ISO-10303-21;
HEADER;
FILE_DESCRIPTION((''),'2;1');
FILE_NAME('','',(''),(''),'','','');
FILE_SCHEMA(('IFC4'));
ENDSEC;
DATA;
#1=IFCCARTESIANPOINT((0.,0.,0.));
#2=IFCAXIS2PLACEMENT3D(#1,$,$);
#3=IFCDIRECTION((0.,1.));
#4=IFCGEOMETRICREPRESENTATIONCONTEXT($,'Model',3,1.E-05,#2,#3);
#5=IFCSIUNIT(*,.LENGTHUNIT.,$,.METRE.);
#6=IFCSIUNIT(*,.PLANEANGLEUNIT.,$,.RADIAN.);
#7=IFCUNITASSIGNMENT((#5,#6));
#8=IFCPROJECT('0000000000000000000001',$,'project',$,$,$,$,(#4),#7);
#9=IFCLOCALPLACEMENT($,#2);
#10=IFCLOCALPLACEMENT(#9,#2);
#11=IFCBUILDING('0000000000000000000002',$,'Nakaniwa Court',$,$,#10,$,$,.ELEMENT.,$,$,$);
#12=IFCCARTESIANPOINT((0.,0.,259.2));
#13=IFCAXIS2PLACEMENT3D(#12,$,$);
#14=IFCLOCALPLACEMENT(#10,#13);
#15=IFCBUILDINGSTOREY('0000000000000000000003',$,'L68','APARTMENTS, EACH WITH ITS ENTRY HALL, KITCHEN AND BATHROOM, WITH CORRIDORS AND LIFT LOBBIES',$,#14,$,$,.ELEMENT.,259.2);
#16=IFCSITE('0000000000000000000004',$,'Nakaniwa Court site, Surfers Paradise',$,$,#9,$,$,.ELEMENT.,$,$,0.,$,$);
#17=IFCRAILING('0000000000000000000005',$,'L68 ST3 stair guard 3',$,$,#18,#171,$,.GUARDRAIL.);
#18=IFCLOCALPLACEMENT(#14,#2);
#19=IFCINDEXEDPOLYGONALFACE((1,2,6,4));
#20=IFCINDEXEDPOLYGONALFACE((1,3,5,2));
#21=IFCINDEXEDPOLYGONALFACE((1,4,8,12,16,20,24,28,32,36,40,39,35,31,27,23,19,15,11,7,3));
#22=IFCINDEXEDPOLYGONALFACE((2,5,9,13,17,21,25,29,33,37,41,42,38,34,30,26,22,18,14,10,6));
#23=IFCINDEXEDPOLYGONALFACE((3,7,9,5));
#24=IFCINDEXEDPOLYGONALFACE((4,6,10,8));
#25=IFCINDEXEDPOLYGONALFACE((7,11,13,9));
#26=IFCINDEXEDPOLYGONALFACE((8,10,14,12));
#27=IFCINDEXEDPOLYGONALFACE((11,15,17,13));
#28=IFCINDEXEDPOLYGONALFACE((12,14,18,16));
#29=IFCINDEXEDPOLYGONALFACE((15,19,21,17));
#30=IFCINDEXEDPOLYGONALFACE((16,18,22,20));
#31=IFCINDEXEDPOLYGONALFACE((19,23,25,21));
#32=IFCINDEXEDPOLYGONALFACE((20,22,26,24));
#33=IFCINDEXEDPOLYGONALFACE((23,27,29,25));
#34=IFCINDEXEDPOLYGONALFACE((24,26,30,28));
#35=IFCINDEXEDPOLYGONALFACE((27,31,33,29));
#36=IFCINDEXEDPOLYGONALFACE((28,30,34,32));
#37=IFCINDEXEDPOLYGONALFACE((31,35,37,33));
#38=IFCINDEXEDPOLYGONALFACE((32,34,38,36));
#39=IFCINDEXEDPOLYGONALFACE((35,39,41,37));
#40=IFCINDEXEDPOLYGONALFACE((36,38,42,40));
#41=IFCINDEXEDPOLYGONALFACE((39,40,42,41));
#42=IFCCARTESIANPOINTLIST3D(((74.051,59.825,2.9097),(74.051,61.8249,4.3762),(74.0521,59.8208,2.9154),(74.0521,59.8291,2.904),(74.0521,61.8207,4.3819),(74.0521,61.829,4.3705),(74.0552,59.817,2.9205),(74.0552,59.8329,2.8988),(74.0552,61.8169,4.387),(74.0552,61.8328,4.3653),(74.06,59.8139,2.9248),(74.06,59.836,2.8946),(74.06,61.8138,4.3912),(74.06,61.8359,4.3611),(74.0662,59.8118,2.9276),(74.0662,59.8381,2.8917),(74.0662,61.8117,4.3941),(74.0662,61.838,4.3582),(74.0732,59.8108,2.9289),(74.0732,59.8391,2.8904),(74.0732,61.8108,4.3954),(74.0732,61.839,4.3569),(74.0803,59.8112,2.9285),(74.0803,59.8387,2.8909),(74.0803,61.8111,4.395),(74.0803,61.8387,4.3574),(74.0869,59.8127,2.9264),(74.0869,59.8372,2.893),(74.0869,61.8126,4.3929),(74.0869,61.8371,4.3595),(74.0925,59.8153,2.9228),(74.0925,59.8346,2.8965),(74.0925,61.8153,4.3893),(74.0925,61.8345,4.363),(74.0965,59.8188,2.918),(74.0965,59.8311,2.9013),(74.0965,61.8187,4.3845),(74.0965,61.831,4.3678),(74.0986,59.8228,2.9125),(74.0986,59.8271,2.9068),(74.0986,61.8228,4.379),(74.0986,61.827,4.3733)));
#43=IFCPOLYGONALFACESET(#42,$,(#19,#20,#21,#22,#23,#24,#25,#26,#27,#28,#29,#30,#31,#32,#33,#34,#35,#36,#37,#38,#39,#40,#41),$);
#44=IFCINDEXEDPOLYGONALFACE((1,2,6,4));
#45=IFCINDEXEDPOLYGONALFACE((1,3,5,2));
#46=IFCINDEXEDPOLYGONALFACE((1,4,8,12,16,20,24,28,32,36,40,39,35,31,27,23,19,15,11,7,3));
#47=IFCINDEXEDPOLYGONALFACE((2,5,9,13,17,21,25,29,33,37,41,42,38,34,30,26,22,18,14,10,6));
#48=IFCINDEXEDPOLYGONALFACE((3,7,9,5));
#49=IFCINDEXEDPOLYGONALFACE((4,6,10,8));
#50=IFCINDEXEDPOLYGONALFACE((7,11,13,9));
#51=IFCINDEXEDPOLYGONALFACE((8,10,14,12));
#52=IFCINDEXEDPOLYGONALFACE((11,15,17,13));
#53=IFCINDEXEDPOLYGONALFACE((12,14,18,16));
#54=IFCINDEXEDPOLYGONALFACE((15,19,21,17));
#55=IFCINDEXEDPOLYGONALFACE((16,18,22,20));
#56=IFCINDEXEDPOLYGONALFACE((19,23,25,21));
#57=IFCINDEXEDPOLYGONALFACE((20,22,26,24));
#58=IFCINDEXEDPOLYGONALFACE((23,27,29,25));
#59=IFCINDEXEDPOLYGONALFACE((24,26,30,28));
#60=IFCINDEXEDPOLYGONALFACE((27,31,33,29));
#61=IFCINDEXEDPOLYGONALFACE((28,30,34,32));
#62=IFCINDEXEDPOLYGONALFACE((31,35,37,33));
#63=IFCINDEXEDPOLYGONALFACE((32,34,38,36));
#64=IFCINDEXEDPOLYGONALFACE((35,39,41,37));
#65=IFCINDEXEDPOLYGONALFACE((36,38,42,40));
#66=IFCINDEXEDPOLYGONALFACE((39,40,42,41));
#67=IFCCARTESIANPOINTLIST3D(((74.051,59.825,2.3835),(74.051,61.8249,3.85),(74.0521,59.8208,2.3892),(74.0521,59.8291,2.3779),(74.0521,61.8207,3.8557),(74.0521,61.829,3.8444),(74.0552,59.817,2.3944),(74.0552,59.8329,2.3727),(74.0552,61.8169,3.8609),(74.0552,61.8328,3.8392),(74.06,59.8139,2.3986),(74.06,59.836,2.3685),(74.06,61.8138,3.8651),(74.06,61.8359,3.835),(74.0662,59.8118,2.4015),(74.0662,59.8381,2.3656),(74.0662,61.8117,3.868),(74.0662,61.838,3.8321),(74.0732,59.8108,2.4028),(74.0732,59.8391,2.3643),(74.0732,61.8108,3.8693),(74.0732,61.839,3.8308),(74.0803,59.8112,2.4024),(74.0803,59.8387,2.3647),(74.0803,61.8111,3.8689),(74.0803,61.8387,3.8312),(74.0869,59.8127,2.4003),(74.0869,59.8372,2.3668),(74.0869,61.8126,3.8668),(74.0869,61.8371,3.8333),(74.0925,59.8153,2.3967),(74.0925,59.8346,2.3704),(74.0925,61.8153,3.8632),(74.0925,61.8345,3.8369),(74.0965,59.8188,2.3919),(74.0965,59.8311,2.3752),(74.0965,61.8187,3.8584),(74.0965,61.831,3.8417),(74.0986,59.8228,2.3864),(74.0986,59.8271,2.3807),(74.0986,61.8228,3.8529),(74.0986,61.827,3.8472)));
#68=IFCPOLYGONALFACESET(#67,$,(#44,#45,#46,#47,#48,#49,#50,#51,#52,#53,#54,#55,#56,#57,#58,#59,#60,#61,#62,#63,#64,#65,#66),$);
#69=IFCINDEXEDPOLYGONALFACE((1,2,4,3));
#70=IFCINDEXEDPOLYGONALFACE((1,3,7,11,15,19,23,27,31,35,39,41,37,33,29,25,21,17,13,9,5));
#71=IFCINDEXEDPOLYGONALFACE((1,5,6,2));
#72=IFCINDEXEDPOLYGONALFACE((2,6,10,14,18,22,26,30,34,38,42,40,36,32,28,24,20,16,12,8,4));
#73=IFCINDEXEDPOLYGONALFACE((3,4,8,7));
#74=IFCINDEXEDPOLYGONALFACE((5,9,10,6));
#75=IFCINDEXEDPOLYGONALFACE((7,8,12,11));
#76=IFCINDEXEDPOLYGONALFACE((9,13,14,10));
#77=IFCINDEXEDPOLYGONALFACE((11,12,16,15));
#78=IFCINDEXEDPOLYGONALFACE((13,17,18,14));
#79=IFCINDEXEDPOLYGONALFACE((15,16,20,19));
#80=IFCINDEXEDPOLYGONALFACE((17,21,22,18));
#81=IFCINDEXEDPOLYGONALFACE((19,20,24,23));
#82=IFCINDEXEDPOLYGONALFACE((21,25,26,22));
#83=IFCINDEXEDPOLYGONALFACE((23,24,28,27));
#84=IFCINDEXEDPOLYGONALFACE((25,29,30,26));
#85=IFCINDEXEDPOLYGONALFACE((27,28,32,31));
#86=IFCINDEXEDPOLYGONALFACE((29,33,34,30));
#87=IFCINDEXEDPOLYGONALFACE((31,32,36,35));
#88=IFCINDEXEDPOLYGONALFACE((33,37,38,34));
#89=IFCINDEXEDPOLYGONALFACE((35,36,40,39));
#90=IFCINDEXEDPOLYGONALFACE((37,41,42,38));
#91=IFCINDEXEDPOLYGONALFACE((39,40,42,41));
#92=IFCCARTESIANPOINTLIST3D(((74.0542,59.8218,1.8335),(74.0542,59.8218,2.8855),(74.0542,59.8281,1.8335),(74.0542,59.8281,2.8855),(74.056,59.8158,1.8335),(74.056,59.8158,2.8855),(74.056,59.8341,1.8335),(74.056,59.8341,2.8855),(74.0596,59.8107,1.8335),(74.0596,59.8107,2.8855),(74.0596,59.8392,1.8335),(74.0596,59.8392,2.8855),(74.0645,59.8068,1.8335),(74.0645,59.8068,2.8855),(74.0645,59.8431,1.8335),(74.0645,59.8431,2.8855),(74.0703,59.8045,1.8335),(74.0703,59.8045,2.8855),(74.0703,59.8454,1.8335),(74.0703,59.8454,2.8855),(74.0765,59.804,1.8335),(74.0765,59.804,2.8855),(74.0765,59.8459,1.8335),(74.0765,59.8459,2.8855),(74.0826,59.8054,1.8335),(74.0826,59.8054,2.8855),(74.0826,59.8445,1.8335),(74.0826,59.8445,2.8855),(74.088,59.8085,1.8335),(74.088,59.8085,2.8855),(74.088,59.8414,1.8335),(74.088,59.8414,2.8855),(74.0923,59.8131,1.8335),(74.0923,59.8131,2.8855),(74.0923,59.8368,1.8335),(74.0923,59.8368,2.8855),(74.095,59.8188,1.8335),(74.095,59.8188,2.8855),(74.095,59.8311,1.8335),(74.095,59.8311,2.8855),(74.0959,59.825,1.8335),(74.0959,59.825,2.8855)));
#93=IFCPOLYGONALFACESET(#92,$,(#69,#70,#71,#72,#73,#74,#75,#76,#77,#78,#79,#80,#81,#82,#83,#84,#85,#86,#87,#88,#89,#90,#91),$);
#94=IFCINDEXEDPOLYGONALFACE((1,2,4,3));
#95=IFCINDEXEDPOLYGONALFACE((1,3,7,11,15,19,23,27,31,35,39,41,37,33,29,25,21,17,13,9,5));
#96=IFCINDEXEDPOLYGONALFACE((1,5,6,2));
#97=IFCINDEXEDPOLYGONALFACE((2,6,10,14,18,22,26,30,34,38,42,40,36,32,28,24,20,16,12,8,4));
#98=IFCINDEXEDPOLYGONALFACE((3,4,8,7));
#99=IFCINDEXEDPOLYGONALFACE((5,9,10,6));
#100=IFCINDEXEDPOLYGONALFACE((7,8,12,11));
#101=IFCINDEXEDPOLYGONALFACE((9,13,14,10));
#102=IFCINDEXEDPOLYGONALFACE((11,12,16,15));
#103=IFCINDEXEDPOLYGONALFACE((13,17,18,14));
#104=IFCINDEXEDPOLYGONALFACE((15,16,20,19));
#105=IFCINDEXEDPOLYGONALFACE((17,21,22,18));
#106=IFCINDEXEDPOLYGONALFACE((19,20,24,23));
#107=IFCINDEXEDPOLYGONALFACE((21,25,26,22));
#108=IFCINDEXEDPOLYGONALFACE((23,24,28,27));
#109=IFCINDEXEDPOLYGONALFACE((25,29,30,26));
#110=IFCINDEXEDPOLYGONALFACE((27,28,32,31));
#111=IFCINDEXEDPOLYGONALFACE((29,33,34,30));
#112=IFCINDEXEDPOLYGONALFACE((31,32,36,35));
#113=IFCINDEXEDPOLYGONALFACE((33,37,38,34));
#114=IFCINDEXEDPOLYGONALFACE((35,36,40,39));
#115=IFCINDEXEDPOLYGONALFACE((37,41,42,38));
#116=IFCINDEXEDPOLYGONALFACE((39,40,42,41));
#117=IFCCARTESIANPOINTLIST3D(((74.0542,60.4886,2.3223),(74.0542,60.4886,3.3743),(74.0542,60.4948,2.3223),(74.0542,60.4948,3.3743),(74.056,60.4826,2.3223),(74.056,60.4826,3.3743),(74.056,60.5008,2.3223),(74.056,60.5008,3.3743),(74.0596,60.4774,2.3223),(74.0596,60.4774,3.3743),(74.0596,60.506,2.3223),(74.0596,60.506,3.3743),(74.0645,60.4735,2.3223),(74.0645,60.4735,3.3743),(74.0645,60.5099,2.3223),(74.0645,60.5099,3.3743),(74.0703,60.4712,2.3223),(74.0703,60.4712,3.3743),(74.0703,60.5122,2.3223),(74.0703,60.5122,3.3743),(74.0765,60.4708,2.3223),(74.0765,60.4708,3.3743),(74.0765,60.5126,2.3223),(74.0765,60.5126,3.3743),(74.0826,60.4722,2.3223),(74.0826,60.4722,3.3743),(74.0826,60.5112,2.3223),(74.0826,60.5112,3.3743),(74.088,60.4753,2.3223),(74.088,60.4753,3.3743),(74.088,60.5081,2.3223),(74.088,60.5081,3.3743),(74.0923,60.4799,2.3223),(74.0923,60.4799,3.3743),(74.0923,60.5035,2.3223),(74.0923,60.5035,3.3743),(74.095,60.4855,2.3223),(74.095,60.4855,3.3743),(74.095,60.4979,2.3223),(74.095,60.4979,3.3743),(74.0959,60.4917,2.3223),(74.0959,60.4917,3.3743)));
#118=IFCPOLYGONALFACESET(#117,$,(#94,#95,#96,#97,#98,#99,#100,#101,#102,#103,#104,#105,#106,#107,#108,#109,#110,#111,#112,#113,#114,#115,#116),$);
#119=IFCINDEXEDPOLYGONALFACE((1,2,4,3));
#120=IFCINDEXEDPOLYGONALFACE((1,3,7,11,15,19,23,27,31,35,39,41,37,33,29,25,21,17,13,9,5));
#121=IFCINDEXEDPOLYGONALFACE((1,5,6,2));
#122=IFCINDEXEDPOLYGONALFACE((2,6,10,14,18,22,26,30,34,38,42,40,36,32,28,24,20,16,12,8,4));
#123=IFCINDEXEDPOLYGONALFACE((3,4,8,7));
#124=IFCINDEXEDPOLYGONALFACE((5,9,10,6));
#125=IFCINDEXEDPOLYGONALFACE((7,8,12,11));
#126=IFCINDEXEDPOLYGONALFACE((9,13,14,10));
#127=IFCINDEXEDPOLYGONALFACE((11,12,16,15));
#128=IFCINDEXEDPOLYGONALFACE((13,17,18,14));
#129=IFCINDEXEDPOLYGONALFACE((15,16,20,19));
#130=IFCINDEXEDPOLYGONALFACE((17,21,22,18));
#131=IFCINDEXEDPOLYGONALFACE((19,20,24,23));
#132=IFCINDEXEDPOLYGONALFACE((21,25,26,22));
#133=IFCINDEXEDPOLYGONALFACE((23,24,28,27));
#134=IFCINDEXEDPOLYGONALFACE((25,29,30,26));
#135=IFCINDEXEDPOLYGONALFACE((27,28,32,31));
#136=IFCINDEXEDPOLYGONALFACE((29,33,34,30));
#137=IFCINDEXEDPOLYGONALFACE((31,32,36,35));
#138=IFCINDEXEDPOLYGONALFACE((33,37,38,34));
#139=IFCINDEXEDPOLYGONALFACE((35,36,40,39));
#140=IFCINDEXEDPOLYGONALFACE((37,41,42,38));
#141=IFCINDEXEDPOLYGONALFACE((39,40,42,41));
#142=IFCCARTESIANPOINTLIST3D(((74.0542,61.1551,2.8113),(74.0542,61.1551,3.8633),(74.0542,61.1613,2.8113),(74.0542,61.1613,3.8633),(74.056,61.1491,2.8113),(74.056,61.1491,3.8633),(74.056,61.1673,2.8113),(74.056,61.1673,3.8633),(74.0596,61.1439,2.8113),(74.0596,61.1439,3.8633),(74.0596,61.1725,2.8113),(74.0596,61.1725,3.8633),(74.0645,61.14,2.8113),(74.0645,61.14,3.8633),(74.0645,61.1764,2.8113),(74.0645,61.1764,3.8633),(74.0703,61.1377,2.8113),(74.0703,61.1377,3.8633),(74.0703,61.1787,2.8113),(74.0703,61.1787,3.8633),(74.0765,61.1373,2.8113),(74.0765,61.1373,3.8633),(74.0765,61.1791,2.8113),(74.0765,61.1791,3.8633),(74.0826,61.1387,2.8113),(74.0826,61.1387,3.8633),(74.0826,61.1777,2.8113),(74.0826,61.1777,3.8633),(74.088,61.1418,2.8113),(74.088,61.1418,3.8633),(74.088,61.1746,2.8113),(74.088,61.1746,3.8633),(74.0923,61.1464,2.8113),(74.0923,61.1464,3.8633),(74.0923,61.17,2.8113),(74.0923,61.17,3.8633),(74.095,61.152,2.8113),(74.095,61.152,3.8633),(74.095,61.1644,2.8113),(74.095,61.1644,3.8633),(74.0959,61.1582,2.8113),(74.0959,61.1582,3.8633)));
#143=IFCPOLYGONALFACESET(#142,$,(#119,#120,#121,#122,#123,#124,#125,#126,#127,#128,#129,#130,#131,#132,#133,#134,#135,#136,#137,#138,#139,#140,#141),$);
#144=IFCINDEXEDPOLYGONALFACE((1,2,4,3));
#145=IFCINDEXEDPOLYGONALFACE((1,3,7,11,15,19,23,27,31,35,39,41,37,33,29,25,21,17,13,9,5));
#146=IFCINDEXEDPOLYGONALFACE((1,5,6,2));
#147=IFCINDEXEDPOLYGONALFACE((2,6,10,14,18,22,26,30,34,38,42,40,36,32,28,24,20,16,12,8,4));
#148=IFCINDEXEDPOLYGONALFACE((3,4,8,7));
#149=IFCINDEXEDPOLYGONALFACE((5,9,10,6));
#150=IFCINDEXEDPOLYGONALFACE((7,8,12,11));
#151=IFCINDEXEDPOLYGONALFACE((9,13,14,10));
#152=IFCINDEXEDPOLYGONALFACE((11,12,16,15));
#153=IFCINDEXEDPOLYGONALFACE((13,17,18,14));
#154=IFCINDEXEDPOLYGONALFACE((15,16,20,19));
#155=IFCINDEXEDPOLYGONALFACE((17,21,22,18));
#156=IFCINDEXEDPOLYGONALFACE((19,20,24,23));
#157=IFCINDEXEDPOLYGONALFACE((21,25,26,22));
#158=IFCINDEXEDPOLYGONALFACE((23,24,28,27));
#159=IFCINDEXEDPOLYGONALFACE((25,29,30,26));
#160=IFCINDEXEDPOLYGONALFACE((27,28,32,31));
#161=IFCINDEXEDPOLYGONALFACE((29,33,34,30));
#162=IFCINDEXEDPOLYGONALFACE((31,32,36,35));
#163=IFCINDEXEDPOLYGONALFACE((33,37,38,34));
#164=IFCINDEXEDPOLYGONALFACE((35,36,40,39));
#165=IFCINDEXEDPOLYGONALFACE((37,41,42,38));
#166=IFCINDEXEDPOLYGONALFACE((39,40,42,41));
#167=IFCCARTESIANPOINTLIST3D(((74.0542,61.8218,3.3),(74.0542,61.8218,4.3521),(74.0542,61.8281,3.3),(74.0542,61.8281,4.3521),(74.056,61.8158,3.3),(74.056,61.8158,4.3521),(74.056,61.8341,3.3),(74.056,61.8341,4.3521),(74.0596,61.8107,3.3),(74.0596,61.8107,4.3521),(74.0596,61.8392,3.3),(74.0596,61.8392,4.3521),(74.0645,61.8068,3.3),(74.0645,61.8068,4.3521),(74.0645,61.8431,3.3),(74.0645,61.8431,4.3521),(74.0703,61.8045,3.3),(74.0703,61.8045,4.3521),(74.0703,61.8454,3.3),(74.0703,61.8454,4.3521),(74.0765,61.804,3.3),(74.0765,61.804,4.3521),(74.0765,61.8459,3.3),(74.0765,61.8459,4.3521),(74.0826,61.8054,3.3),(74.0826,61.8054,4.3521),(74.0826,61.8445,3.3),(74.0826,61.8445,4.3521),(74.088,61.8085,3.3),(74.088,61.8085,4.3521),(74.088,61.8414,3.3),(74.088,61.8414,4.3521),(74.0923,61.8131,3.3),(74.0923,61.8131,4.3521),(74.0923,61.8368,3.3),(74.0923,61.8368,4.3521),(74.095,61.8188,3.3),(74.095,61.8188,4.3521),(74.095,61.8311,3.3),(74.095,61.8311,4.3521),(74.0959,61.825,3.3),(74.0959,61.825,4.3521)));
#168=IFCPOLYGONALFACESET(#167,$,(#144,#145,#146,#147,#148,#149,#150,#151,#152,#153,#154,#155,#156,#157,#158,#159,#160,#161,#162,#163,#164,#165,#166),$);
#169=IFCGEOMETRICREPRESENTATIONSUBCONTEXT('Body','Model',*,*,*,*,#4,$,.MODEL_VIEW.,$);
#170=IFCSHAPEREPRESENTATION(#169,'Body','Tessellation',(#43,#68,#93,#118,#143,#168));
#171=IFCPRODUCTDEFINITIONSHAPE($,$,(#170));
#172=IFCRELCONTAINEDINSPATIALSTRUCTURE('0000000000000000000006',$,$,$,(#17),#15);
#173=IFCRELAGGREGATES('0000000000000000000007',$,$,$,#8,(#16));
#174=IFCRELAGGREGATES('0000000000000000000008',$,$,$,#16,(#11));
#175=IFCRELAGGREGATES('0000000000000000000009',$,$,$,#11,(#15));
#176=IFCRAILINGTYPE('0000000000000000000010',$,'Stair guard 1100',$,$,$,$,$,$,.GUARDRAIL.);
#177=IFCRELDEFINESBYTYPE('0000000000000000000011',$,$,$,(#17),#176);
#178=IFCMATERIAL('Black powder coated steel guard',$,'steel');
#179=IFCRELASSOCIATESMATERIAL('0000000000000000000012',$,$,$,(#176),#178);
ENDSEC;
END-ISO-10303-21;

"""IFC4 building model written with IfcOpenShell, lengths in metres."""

from ifc_helpers import new_model, si_unit, direction, frame, origin, origin_2d, place, context, subcontext, project, spatial, circle, extrude, material, type_object, element, save


model = new_model("IFC4")

# Units and contexts
model_context = context("Model", 3, precision=1e-05, world=origin(), true_north=direction((0.0, 1.0)))
body_context = subcontext(model_context, "Body", "Model", "MODEL_VIEW")
ifc_project = project(units=[si_unit("LENGTHUNIT", "METRE"), si_unit("PLANEANGLEUNIT", "RADIAN")], contexts=[model_context])

# Site, building, storey
site_placement = place(None, origin())
site = spatial("IfcSite", under=ifc_project, at=site_placement, Name="Nakaniwa Court site, Surfers Paradise", CompositionType="ELEMENT", RefElevation=0.0)
building_placement = place(site_placement, origin())
building = spatial("IfcBuilding", under=site, at=building_placement, Name="Nakaniwa Court", CompositionType="ELEMENT")
storey_placement = place(building_placement, frame((0.0, 0.0, 259.2)))
storey = spatial("IfcBuildingStorey", under=building, at=storey_placement, Name="L68", Description="APARTMENTS, EACH WITH ITS ENTRY HALL, KITCHEN AND BATHROOM, WITH CORRIDORS AND LIFT LOBBIES", CompositionType="ELEMENT", Elevation=259.2)

# Railing
ifc_material_1 = material(Name="Black powder coated steel guard", Category="steel")
railing_type_1 = type_object("IfcRailingType", Name="Stair guard 1100", PredefinedType="GUARDRAIL", material=ifc_material_1)
railing_1_placement = place(storey_placement, frame((74.075, 59.825, 1.8335)))
element("IfcRailing", 1, at=railing_1_placement, inside=storey, type_object=railing_type_1, Name="L68 ST3 stair guard 3", PredefinedType="GUARDRAIL", context=body_context, shape_type="SweptSolid", body=[
    extrude(circle(Radius=0.0239, at=origin_2d()), frame((0.0, 0.0, 1.0762), z_axis=(0.0, 0.806427, 0.591334), x_axis=(-1.0, 0.0, 0.0)), (0.0, 0.0, 1.0), 2.48),
    extrude(circle(Radius=0.0239, at=origin_2d()), frame((0.0, 0.0, 0.55), z_axis=(0.0, 0.806427, 0.591334), x_axis=(-1.0, 0.0, 0.0)), (0.0, 0.0, 1.0), 2.48),
    extrude(circle(Radius=0.021, at=origin_2d()), origin(), (0.0, 0.0, 1.0), 1.052),
    extrude(circle(Radius=0.021, at=origin_2d()), frame((0.0, 0.6667, 0.4888)), (0.0, 0.0, 1.0), 1.052),
    extrude(circle(Radius=0.021, at=origin_2d()), frame((0.0, 1.3333, 0.9778)), (0.0, 0.0, 1.0), 1.052),
    extrude(circle(Radius=0.021, at=origin_2d()), frame((0.0, 2.0, 1.4666)), (0.0, 0.0, 1.0), 1.052),
])

save(model, "model.ifc")
